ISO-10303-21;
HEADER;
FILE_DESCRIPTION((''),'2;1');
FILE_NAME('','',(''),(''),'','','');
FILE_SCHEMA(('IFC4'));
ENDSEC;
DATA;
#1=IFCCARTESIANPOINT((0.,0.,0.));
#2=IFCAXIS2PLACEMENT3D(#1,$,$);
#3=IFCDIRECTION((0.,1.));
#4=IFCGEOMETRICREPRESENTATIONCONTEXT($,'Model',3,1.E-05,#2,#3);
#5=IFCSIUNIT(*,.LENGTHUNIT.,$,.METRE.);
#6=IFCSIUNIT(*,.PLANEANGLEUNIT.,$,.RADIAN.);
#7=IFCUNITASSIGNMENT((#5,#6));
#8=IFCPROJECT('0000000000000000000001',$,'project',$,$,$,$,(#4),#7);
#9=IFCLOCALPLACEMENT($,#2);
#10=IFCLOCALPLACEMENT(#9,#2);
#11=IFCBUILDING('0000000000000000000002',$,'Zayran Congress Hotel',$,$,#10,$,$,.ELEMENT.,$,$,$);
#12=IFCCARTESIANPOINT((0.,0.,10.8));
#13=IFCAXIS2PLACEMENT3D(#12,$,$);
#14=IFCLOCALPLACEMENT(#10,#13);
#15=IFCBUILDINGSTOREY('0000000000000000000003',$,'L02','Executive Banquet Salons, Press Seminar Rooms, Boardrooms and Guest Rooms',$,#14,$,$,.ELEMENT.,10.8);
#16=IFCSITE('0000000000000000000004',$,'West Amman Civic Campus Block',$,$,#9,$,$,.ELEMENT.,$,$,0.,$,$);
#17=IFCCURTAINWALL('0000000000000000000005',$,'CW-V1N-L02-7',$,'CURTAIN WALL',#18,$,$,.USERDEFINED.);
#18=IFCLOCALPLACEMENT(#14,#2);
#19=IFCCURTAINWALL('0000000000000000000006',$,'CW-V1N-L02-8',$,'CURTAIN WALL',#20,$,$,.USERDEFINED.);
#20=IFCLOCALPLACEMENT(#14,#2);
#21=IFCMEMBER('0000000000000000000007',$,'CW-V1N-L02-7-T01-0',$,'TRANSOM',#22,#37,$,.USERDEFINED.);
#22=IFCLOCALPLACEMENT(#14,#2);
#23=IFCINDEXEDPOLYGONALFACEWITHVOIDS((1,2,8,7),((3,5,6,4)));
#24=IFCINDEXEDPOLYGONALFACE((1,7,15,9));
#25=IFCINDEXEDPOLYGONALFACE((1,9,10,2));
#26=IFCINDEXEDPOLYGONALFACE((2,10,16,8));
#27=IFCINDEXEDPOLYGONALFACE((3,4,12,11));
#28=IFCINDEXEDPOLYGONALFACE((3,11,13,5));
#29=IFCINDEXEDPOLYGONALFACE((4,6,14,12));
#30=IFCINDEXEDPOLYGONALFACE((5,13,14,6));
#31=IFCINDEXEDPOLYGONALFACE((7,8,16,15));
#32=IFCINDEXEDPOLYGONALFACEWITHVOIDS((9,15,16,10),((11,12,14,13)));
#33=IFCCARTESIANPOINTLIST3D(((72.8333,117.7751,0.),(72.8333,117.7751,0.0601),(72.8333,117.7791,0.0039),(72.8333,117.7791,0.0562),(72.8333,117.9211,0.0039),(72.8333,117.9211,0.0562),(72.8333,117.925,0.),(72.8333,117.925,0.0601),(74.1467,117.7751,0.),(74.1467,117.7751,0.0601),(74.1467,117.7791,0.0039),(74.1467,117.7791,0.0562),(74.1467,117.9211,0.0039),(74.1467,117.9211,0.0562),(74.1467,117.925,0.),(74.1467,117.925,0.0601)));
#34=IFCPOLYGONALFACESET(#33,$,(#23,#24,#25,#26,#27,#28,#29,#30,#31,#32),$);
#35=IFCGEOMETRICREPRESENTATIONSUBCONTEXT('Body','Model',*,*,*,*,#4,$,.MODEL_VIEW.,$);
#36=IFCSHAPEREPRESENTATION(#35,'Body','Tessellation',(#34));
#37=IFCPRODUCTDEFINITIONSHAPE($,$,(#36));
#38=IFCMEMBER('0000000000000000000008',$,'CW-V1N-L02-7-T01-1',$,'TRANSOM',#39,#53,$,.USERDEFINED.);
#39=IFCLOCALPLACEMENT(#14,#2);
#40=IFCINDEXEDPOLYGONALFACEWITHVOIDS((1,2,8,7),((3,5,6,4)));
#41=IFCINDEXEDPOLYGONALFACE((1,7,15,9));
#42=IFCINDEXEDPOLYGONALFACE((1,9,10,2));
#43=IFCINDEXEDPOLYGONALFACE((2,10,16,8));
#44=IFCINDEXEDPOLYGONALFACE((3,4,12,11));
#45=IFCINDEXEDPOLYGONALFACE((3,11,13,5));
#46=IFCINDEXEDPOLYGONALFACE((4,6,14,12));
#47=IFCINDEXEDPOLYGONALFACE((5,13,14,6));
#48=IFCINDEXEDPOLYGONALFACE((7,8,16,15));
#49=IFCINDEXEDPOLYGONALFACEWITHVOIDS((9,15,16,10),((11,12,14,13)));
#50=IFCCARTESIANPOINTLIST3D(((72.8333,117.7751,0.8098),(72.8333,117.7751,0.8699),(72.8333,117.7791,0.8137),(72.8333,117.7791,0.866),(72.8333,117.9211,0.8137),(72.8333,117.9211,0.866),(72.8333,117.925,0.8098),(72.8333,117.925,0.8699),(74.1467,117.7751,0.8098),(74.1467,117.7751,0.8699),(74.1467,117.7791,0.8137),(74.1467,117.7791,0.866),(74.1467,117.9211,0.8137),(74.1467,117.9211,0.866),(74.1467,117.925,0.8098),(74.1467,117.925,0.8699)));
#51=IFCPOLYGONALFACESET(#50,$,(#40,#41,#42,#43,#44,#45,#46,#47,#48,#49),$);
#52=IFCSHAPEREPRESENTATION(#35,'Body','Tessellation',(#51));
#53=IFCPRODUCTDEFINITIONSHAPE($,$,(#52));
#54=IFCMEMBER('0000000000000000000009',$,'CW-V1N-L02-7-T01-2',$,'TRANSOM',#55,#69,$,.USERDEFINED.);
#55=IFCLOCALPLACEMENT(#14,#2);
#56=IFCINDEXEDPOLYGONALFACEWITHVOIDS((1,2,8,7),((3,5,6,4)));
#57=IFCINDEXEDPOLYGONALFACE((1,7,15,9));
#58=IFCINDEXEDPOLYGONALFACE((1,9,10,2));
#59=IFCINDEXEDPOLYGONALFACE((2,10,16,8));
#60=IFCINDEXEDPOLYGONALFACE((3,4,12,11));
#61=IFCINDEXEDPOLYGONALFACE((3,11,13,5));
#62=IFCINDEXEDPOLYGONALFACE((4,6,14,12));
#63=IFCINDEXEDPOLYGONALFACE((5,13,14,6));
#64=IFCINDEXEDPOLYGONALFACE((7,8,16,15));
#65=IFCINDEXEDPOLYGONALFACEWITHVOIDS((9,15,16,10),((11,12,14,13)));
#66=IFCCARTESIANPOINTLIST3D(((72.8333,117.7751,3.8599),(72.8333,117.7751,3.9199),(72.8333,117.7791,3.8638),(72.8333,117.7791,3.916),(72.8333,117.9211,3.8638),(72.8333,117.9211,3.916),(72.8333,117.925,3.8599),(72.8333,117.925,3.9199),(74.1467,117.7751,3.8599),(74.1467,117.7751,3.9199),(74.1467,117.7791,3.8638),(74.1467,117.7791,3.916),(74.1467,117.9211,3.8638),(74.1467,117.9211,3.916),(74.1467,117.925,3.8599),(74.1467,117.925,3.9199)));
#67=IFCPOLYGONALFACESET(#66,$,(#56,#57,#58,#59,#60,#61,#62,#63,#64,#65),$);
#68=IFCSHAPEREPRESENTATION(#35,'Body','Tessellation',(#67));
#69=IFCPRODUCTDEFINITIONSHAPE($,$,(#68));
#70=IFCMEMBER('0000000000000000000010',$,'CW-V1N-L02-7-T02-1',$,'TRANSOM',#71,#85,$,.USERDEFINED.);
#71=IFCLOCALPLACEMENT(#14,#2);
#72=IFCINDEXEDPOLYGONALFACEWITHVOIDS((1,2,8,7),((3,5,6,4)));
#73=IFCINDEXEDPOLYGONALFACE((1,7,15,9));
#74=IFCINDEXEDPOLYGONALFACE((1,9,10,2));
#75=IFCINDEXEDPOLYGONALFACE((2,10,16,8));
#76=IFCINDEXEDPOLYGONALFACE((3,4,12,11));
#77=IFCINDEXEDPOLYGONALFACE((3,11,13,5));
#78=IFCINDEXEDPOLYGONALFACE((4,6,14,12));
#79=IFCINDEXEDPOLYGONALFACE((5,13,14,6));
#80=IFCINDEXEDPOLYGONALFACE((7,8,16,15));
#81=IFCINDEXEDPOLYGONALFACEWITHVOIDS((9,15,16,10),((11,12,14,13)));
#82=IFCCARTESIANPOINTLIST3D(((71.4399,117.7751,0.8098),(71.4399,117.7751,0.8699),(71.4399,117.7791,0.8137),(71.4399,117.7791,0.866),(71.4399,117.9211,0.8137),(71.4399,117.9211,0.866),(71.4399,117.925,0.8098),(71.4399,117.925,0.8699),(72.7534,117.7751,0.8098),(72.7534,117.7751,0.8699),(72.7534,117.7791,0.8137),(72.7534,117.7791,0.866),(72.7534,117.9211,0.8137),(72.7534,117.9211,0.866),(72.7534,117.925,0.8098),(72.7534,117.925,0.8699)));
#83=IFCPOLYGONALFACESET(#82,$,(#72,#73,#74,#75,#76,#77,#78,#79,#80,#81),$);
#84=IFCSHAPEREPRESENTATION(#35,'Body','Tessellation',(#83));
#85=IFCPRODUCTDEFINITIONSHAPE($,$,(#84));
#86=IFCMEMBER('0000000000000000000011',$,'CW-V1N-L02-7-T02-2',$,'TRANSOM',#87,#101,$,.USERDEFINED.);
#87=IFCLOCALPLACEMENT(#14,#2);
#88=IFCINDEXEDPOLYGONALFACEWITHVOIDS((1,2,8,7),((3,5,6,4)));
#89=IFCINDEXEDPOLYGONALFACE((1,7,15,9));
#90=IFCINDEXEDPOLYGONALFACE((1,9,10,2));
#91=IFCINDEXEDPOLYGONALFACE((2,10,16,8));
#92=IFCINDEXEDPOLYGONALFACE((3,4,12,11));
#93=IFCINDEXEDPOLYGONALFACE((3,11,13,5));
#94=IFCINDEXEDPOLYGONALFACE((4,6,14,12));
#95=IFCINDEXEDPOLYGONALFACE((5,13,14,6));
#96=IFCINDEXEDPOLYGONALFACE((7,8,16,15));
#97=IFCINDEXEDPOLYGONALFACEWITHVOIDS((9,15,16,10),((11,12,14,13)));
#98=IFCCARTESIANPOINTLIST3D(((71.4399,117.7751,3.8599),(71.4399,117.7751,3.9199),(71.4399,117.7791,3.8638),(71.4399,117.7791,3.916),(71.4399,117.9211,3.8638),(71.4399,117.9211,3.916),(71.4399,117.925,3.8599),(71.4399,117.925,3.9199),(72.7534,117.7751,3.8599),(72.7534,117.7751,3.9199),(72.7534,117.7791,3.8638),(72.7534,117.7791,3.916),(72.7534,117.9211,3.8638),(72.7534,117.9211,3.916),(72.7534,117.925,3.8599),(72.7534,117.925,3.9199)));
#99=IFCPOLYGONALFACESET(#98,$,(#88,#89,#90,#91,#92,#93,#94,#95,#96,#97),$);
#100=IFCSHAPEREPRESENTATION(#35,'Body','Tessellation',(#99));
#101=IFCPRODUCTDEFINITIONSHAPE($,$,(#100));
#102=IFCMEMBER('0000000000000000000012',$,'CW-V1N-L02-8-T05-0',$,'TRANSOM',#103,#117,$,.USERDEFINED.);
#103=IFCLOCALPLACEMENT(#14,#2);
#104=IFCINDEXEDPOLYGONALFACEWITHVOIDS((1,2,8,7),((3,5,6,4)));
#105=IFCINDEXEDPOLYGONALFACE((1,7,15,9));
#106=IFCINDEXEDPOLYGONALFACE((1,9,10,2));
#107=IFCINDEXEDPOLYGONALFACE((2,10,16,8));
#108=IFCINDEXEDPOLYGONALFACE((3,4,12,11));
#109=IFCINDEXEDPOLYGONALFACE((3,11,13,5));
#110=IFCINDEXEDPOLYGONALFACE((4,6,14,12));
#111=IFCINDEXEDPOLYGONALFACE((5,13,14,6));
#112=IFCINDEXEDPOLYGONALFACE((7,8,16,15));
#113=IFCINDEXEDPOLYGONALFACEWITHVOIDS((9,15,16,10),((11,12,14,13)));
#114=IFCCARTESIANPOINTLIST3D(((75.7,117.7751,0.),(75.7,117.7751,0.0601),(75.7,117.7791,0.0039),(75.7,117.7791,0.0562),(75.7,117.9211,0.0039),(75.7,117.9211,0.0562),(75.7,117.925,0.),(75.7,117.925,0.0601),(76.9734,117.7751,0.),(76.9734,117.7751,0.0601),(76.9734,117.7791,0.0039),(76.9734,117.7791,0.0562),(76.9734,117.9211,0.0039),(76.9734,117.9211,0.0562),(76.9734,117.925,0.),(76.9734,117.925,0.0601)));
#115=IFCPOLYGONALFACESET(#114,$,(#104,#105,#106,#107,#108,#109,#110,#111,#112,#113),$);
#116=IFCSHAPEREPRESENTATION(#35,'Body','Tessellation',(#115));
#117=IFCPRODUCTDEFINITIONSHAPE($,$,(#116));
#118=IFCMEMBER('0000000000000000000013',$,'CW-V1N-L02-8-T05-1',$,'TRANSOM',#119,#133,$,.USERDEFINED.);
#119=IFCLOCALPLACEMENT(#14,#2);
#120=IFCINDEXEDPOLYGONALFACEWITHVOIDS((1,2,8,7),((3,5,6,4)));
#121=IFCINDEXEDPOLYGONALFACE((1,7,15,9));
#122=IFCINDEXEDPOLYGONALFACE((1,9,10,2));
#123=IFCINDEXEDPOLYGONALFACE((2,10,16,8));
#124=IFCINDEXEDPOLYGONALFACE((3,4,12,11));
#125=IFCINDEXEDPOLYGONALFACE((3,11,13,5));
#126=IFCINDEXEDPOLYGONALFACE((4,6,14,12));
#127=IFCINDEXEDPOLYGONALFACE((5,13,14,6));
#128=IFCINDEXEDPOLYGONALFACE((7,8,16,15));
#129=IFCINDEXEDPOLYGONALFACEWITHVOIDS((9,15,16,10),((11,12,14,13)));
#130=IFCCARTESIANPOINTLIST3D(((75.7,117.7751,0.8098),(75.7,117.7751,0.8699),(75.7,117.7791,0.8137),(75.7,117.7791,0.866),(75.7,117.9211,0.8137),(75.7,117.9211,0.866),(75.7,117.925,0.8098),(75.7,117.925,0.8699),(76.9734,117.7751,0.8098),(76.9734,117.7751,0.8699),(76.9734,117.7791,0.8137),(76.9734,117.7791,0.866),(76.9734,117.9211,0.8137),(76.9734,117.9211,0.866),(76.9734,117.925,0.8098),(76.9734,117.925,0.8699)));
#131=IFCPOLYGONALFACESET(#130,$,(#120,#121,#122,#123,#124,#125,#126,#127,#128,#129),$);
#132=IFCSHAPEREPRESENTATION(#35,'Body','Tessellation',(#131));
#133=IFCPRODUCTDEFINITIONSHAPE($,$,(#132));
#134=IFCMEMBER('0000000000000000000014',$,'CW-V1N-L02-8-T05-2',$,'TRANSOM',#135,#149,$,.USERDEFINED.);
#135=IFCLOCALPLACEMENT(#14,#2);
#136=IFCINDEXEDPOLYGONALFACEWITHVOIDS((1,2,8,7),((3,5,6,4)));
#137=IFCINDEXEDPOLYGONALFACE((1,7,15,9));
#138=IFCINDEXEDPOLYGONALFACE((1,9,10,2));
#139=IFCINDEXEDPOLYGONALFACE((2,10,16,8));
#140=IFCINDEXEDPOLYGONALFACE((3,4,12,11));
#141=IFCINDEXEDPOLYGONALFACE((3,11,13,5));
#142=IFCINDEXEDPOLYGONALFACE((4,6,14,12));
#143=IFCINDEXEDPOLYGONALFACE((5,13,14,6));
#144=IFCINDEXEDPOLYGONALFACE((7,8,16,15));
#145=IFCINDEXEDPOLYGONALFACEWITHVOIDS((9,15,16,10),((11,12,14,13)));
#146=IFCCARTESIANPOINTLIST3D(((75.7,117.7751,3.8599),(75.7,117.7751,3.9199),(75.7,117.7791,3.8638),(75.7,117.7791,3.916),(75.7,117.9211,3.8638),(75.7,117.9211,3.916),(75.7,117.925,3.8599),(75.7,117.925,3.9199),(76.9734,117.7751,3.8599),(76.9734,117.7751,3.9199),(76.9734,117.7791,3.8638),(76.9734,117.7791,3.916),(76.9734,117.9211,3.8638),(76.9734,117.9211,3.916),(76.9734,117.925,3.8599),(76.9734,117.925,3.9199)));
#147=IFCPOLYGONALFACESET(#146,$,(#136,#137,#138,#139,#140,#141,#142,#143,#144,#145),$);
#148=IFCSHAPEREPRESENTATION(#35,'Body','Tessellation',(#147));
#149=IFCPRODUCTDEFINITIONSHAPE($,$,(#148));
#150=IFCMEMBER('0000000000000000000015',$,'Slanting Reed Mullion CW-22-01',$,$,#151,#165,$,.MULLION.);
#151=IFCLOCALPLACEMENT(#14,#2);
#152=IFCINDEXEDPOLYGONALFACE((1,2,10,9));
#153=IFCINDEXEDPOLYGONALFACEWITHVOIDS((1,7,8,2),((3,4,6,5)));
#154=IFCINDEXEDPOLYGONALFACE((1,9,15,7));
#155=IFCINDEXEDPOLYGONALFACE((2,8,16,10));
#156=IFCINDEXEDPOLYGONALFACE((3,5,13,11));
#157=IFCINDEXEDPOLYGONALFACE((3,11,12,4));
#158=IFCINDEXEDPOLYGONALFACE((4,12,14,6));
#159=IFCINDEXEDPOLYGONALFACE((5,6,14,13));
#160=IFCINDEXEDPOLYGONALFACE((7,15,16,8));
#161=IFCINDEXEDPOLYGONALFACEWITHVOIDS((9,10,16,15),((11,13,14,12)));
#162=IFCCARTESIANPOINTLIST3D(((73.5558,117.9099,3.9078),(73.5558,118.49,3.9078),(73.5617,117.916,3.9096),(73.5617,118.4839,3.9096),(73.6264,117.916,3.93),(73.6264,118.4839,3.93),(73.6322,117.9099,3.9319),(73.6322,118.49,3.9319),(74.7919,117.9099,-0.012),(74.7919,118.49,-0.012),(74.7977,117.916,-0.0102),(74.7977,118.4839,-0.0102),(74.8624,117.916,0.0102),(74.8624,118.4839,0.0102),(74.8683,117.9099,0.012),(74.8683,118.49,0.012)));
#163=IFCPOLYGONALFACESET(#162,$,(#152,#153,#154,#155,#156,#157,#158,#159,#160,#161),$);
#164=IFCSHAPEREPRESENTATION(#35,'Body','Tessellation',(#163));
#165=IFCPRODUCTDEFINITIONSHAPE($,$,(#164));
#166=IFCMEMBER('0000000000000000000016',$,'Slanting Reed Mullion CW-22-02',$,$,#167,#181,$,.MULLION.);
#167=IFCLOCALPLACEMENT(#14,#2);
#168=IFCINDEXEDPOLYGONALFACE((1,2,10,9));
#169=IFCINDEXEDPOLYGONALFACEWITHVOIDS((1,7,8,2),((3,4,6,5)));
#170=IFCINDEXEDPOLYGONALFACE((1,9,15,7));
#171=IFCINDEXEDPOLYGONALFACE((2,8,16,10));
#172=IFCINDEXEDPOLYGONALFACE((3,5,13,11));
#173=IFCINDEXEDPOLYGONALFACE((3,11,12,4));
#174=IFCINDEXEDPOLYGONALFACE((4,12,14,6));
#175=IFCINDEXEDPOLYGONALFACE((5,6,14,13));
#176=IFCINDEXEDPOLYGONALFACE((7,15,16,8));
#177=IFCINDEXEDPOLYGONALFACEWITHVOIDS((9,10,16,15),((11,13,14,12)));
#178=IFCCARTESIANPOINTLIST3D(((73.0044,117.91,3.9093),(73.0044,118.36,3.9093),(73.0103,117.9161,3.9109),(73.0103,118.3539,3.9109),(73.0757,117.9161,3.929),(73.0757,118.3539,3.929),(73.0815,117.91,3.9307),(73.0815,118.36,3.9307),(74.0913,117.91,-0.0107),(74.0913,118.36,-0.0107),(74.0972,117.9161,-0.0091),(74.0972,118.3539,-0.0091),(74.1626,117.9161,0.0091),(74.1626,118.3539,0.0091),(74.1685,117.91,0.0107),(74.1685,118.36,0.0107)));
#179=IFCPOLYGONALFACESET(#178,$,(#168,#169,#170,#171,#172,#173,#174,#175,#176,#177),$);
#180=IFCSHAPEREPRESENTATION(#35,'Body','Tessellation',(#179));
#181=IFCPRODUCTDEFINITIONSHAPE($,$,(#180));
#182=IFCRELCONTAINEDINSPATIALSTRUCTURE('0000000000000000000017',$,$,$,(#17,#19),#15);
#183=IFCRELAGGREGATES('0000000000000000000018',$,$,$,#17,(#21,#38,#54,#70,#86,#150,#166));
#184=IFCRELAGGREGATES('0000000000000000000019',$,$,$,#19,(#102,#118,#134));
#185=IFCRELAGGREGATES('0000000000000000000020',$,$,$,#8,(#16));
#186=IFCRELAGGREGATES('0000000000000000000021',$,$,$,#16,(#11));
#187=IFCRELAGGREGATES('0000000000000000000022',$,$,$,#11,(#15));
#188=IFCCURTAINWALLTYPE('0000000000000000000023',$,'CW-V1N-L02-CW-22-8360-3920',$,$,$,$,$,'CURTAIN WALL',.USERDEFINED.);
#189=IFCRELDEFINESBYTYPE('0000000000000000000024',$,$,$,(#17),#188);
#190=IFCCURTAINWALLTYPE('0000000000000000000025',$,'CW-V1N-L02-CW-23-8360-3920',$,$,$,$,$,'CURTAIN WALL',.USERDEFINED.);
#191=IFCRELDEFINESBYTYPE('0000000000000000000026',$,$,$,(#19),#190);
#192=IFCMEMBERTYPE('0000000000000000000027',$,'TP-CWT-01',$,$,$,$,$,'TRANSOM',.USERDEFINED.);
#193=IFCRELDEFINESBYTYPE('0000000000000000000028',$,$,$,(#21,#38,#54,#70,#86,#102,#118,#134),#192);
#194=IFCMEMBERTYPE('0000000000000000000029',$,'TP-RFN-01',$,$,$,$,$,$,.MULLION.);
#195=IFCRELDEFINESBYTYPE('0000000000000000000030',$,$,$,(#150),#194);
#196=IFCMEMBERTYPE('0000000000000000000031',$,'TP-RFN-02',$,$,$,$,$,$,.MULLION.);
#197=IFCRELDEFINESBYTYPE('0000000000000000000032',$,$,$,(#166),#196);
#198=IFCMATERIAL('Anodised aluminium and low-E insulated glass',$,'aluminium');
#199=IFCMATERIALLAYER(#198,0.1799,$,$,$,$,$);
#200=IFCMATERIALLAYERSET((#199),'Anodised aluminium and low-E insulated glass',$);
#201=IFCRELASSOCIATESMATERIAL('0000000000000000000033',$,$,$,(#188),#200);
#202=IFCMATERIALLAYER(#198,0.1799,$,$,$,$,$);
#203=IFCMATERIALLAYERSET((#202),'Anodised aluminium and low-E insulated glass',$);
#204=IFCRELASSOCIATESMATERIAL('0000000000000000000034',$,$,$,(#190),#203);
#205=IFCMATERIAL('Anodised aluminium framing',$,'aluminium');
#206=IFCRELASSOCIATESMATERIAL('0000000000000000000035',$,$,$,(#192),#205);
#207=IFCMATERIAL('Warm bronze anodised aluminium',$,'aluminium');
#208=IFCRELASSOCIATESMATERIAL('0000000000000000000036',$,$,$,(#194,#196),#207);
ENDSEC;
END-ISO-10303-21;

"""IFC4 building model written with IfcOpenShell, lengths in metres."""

from ifc_helpers import new_model, si_unit, direction, frame, origin, origin_2d, place, context, subcontext, project, spatial, hollow_rectangle, extrude, material, layer, layer_set, material_profile, profile_set, type_object, element, aggregate, save


model = new_model("IFC4")

# Units and contexts
model_context = context("Model", 3, precision=1e-05, world=origin(), true_north=direction((0.0, 1.0)))
body_context = subcontext(model_context, "Body", "Model", "MODEL_VIEW")
ifc_project = project(units=[si_unit("LENGTHUNIT", "METRE"), si_unit("PLANEANGLEUNIT", "RADIAN")], contexts=[model_context])

# Site, building, storey
site_placement = place(None, origin())
site = spatial("IfcSite", under=ifc_project, at=site_placement, Name="West Amman Civic Campus Block", CompositionType="ELEMENT", RefElevation=0.0)
building_placement = place(site_placement, origin())
building = spatial("IfcBuilding", under=site, at=building_placement, Name="Zayran Congress Hotel", CompositionType="ELEMENT")
storey_placement = place(building_placement, frame((0.0, 0.0, 10.8)))
storey = spatial("IfcBuildingStorey", under=building, at=storey_placement, Name="L02", Description="Executive Banquet Salons, Press Seminar Rooms, Boardrooms and Guest Rooms", CompositionType="ELEMENT", Elevation=10.8)

# Curtain walls
ifc_material_1 = material(Name="Anodised aluminium and low-E insulated glass", Category="aluminium")
ifc_layer_1 = layer(ifc_material_1, 0.1799)
ifc_layer_set_1 = layer_set([ifc_layer_1], Name="Anodised aluminium and low-E insulated glass")
curtain_wall_type_1 = type_object("IfcCurtainWallType", Name="CW-V1N-L02-CW-22-8360-3920", ElementType="CURTAIN WALL", PredefinedType="USERDEFINED", material=ifc_layer_set_1)
curtain_wall_1_placement = place(storey_placement, origin())
curtain_wall_1 = element("IfcCurtainWall", 1, at=curtain_wall_1_placement, inside=storey, type_object=curtain_wall_type_1, Name="CW-V1N-L02-7", ObjectType="CURTAIN WALL", PredefinedType="USERDEFINED")
ifc_material_2 = material(Name="Anodised aluminium framing", Category="aluminium")
ifc_layer_2 = layer(ifc_material_1, 0.1799)
ifc_layer_set_2 = layer_set([ifc_layer_2], Name="Anodised aluminium and low-E insulated glass")
curtain_wall_type_2 = type_object("IfcCurtainWallType", Name="CW-V1N-L02-CW-23-8360-3920", ElementType="CURTAIN WALL", PredefinedType="USERDEFINED", material=ifc_layer_set_2)
curtain_wall_2_placement = place(storey_placement, origin())
curtain_wall_2 = element("IfcCurtainWall", 2, at=curtain_wall_2_placement, inside=storey, type_object=curtain_wall_type_2, Name="CW-V1N-L02-8", ObjectType="CURTAIN WALL", PredefinedType="USERDEFINED")

# Members
ifc_material_profile_1 = material_profile(ifc_material_2, hollow_rectangle(XDim=0.0601, YDim=0.1499, WallThickness=0.0039, at=origin_2d()), Name="RHS 150x60x4")
ifc_profile_set_1 = profile_set([ifc_material_profile_1], Name="Anodised aluminium framing")
member_type_1 = type_object("IfcMemberType", Name="TP-CWT-01", ElementType="TRANSOM", PredefinedType="USERDEFINED", material=ifc_profile_set_1)
member_1_placement = place(storey_placement, frame((74.1467, 117.8501, 0.03), z_axis=(-1.0, 0.0, 0.0), x_axis=(0.0, 0.0, 1.0)))
member_1 = element("IfcMember", 3, at=member_1_placement, type_object=member_type_1, Name="CW-V1N-L02-7-T01-0", ObjectType="TRANSOM", PredefinedType="USERDEFINED", context=body_context, shape_type="SweptSolid", body=[
    extrude(hollow_rectangle(XDim=0.0601, YDim=0.1499, WallThickness=0.0039, at=origin_2d()), origin(), (0.0, 0.0, 1.0), 1.3135),
])
member_2_placement = place(storey_placement, frame((74.1467, 117.8501, 0.8398), z_axis=(-1.0, 0.0, 0.0), x_axis=(0.0, 0.0, 1.0)))
member_2 = element("IfcMember", 4, at=member_2_placement, type_object=member_type_1, Name="CW-V1N-L02-7-T01-1", ObjectType="TRANSOM", PredefinedType="USERDEFINED", context=body_context, shape_type="SweptSolid", body=[
    extrude(hollow_rectangle(XDim=0.0601, YDim=0.1499, WallThickness=0.0039, at=origin_2d()), origin(), (0.0, 0.0, 1.0), 1.3135),
])
member_3_placement = place(storey_placement, frame((74.1467, 117.8501, 3.8899), z_axis=(-1.0, 0.0, 0.0), x_axis=(0.0, 0.0, 1.0)))
member_3 = element("IfcMember", 5, at=member_3_placement, type_object=member_type_1, Name="CW-V1N-L02-7-T01-2", ObjectType="TRANSOM", PredefinedType="USERDEFINED", context=body_context, shape_type="SweptSolid", body=[
    extrude(hollow_rectangle(XDim=0.0601, YDim=0.1499, WallThickness=0.0039, at=origin_2d()), origin(), (0.0, 0.0, 1.0), 1.3135),
])
member_4_placement = place(storey_placement, frame((72.7534, 117.8501, 0.8398), z_axis=(-1.0, 0.0, 0.0), x_axis=(0.0, 0.0, 1.0)))
member_4 = element("IfcMember", 6, at=member_4_placement, type_object=member_type_1, Name="CW-V1N-L02-7-T02-1", ObjectType="TRANSOM", PredefinedType="USERDEFINED", context=body_context, shape_type="SweptSolid", body=[
    extrude(hollow_rectangle(XDim=0.0601, YDim=0.1499, WallThickness=0.0039, at=origin_2d()), origin(), (0.0, 0.0, 1.0), 1.3135),
])
member_5_placement = place(storey_placement, frame((72.7534, 117.8501, 3.8899), z_axis=(-1.0, 0.0, 0.0), x_axis=(0.0, 0.0, 1.0)))
member_5 = element("IfcMember", 7, at=member_5_placement, type_object=member_type_1, Name="CW-V1N-L02-7-T02-2", ObjectType="TRANSOM", PredefinedType="USERDEFINED", context=body_context, shape_type="SweptSolid", body=[
    extrude(hollow_rectangle(XDim=0.0601, YDim=0.1499, WallThickness=0.0039, at=origin_2d()), origin(), (0.0, 0.0, 1.0), 1.3135),
])
member_6_placement = place(storey_placement, frame((76.9734, 117.8501, 0.03), z_axis=(-1.0, 0.0, 0.0), x_axis=(0.0, 0.0, 1.0)))
member_6 = element("IfcMember", 8, at=member_6_placement, type_object=member_type_1, Name="CW-V1N-L02-8-T05-0", ObjectType="TRANSOM", PredefinedType="USERDEFINED", context=body_context, shape_type="SweptSolid", body=[
    extrude(hollow_rectangle(XDim=0.0601, YDim=0.1499, WallThickness=0.0039, at=origin_2d()), origin(), (0.0, 0.0, 1.0), 1.2734),
])
member_7_placement = place(storey_placement, frame((76.9734, 117.8501, 0.8398), z_axis=(-1.0, 0.0, 0.0), x_axis=(0.0, 0.0, 1.0)))
member_7 = element("IfcMember", 9, at=member_7_placement, type_object=member_type_1, Name="CW-V1N-L02-8-T05-1", ObjectType="TRANSOM", PredefinedType="USERDEFINED", context=body_context, shape_type="SweptSolid", body=[
    extrude(hollow_rectangle(XDim=0.0601, YDim=0.1499, WallThickness=0.0039, at=origin_2d()), origin(), (0.0, 0.0, 1.0), 1.2734),
])
member_8_placement = place(storey_placement, frame((76.9734, 117.8501, 3.8899), z_axis=(-1.0, 0.0, 0.0), x_axis=(0.0, 0.0, 1.0)))
member_8 = element("IfcMember", 10, at=member_8_placement, type_object=member_type_1, Name="CW-V1N-L02-8-T05-2", ObjectType="TRANSOM", PredefinedType="USERDEFINED", context=body_context, shape_type="SweptSolid", body=[
    extrude(hollow_rectangle(XDim=0.0601, YDim=0.1499, WallThickness=0.0039, at=origin_2d()), origin(), (0.0, 0.0, 1.0), 1.2734),
])
ifc_material_3 = material(Name="Warm bronze anodised aluminium", Category="aluminium")
ifc_material_profile_2 = material_profile(ifc_material_3, hollow_rectangle(XDim=0.0801, YDim=0.5801, WallThickness=0.0061, at=origin_2d()), Name="RHS 580x80x6")
ifc_profile_set_2 = profile_set([ifc_material_profile_2], Name="Warm bronze anodised aluminium")
member_type_2 = type_object("IfcMemberType", Name="TP-RFN-01", PredefinedType="MULLION", material=ifc_profile_set_2)
member_9_placement = place(storey_placement, frame((74.8301, 118.2, 0.0), z_axis=(-0.300736, 0.0, 0.953707), x_axis=(0.953707, 0.0, 0.300736)))
member_9 = element("IfcMember", 11, at=member_9_placement, type_object=member_type_2, Name="Slanting Reed Mullion CW-22-01", PredefinedType="MULLION", context=body_context, shape_type="SweptSolid", body=[
    extrude(hollow_rectangle(XDim=0.0801, YDim=0.5801, WallThickness=0.0061, at=origin_2d()), origin(), (0.0, 0.0, 1.0), 4.1101),
])
ifc_material_profile_3 = material_profile(ifc_material_3, hollow_rectangle(XDim=0.0801, YDim=0.45, WallThickness=0.0061, at=origin_2d()), Name="RHS 450x80x6")
ifc_profile_set_3 = profile_set([ifc_material_profile_3], Name="Warm bronze anodised aluminium")
member_type_3 = type_object("IfcMemberType", Name="TP-RFN-02", PredefinedType="MULLION", material=ifc_profile_set_3)
member_10_placement = place(storey_placement, frame((74.1299, 118.135, 0.0), z_axis=(-0.267198, 0.0, 0.963642), x_axis=(0.963642, 0.0, 0.267198)))
member_10 = element("IfcMember", 12, at=member_10_placement, type_object=member_type_3, Name="Slanting Reed Mullion CW-22-02", PredefinedType="MULLION", context=body_context, shape_type="SweptSolid", body=[
    extrude(hollow_rectangle(XDim=0.0801, YDim=0.45, WallThickness=0.0061, at=origin_2d()), origin(), (0.0, 0.0, 1.0), 4.0679),
])

aggregate(curtain_wall_1, [member_1, member_2, member_3, member_4, member_5, member_9, member_10])
aggregate(curtain_wall_2, [member_6, member_7, member_8])

save(model, "model.ifc")
